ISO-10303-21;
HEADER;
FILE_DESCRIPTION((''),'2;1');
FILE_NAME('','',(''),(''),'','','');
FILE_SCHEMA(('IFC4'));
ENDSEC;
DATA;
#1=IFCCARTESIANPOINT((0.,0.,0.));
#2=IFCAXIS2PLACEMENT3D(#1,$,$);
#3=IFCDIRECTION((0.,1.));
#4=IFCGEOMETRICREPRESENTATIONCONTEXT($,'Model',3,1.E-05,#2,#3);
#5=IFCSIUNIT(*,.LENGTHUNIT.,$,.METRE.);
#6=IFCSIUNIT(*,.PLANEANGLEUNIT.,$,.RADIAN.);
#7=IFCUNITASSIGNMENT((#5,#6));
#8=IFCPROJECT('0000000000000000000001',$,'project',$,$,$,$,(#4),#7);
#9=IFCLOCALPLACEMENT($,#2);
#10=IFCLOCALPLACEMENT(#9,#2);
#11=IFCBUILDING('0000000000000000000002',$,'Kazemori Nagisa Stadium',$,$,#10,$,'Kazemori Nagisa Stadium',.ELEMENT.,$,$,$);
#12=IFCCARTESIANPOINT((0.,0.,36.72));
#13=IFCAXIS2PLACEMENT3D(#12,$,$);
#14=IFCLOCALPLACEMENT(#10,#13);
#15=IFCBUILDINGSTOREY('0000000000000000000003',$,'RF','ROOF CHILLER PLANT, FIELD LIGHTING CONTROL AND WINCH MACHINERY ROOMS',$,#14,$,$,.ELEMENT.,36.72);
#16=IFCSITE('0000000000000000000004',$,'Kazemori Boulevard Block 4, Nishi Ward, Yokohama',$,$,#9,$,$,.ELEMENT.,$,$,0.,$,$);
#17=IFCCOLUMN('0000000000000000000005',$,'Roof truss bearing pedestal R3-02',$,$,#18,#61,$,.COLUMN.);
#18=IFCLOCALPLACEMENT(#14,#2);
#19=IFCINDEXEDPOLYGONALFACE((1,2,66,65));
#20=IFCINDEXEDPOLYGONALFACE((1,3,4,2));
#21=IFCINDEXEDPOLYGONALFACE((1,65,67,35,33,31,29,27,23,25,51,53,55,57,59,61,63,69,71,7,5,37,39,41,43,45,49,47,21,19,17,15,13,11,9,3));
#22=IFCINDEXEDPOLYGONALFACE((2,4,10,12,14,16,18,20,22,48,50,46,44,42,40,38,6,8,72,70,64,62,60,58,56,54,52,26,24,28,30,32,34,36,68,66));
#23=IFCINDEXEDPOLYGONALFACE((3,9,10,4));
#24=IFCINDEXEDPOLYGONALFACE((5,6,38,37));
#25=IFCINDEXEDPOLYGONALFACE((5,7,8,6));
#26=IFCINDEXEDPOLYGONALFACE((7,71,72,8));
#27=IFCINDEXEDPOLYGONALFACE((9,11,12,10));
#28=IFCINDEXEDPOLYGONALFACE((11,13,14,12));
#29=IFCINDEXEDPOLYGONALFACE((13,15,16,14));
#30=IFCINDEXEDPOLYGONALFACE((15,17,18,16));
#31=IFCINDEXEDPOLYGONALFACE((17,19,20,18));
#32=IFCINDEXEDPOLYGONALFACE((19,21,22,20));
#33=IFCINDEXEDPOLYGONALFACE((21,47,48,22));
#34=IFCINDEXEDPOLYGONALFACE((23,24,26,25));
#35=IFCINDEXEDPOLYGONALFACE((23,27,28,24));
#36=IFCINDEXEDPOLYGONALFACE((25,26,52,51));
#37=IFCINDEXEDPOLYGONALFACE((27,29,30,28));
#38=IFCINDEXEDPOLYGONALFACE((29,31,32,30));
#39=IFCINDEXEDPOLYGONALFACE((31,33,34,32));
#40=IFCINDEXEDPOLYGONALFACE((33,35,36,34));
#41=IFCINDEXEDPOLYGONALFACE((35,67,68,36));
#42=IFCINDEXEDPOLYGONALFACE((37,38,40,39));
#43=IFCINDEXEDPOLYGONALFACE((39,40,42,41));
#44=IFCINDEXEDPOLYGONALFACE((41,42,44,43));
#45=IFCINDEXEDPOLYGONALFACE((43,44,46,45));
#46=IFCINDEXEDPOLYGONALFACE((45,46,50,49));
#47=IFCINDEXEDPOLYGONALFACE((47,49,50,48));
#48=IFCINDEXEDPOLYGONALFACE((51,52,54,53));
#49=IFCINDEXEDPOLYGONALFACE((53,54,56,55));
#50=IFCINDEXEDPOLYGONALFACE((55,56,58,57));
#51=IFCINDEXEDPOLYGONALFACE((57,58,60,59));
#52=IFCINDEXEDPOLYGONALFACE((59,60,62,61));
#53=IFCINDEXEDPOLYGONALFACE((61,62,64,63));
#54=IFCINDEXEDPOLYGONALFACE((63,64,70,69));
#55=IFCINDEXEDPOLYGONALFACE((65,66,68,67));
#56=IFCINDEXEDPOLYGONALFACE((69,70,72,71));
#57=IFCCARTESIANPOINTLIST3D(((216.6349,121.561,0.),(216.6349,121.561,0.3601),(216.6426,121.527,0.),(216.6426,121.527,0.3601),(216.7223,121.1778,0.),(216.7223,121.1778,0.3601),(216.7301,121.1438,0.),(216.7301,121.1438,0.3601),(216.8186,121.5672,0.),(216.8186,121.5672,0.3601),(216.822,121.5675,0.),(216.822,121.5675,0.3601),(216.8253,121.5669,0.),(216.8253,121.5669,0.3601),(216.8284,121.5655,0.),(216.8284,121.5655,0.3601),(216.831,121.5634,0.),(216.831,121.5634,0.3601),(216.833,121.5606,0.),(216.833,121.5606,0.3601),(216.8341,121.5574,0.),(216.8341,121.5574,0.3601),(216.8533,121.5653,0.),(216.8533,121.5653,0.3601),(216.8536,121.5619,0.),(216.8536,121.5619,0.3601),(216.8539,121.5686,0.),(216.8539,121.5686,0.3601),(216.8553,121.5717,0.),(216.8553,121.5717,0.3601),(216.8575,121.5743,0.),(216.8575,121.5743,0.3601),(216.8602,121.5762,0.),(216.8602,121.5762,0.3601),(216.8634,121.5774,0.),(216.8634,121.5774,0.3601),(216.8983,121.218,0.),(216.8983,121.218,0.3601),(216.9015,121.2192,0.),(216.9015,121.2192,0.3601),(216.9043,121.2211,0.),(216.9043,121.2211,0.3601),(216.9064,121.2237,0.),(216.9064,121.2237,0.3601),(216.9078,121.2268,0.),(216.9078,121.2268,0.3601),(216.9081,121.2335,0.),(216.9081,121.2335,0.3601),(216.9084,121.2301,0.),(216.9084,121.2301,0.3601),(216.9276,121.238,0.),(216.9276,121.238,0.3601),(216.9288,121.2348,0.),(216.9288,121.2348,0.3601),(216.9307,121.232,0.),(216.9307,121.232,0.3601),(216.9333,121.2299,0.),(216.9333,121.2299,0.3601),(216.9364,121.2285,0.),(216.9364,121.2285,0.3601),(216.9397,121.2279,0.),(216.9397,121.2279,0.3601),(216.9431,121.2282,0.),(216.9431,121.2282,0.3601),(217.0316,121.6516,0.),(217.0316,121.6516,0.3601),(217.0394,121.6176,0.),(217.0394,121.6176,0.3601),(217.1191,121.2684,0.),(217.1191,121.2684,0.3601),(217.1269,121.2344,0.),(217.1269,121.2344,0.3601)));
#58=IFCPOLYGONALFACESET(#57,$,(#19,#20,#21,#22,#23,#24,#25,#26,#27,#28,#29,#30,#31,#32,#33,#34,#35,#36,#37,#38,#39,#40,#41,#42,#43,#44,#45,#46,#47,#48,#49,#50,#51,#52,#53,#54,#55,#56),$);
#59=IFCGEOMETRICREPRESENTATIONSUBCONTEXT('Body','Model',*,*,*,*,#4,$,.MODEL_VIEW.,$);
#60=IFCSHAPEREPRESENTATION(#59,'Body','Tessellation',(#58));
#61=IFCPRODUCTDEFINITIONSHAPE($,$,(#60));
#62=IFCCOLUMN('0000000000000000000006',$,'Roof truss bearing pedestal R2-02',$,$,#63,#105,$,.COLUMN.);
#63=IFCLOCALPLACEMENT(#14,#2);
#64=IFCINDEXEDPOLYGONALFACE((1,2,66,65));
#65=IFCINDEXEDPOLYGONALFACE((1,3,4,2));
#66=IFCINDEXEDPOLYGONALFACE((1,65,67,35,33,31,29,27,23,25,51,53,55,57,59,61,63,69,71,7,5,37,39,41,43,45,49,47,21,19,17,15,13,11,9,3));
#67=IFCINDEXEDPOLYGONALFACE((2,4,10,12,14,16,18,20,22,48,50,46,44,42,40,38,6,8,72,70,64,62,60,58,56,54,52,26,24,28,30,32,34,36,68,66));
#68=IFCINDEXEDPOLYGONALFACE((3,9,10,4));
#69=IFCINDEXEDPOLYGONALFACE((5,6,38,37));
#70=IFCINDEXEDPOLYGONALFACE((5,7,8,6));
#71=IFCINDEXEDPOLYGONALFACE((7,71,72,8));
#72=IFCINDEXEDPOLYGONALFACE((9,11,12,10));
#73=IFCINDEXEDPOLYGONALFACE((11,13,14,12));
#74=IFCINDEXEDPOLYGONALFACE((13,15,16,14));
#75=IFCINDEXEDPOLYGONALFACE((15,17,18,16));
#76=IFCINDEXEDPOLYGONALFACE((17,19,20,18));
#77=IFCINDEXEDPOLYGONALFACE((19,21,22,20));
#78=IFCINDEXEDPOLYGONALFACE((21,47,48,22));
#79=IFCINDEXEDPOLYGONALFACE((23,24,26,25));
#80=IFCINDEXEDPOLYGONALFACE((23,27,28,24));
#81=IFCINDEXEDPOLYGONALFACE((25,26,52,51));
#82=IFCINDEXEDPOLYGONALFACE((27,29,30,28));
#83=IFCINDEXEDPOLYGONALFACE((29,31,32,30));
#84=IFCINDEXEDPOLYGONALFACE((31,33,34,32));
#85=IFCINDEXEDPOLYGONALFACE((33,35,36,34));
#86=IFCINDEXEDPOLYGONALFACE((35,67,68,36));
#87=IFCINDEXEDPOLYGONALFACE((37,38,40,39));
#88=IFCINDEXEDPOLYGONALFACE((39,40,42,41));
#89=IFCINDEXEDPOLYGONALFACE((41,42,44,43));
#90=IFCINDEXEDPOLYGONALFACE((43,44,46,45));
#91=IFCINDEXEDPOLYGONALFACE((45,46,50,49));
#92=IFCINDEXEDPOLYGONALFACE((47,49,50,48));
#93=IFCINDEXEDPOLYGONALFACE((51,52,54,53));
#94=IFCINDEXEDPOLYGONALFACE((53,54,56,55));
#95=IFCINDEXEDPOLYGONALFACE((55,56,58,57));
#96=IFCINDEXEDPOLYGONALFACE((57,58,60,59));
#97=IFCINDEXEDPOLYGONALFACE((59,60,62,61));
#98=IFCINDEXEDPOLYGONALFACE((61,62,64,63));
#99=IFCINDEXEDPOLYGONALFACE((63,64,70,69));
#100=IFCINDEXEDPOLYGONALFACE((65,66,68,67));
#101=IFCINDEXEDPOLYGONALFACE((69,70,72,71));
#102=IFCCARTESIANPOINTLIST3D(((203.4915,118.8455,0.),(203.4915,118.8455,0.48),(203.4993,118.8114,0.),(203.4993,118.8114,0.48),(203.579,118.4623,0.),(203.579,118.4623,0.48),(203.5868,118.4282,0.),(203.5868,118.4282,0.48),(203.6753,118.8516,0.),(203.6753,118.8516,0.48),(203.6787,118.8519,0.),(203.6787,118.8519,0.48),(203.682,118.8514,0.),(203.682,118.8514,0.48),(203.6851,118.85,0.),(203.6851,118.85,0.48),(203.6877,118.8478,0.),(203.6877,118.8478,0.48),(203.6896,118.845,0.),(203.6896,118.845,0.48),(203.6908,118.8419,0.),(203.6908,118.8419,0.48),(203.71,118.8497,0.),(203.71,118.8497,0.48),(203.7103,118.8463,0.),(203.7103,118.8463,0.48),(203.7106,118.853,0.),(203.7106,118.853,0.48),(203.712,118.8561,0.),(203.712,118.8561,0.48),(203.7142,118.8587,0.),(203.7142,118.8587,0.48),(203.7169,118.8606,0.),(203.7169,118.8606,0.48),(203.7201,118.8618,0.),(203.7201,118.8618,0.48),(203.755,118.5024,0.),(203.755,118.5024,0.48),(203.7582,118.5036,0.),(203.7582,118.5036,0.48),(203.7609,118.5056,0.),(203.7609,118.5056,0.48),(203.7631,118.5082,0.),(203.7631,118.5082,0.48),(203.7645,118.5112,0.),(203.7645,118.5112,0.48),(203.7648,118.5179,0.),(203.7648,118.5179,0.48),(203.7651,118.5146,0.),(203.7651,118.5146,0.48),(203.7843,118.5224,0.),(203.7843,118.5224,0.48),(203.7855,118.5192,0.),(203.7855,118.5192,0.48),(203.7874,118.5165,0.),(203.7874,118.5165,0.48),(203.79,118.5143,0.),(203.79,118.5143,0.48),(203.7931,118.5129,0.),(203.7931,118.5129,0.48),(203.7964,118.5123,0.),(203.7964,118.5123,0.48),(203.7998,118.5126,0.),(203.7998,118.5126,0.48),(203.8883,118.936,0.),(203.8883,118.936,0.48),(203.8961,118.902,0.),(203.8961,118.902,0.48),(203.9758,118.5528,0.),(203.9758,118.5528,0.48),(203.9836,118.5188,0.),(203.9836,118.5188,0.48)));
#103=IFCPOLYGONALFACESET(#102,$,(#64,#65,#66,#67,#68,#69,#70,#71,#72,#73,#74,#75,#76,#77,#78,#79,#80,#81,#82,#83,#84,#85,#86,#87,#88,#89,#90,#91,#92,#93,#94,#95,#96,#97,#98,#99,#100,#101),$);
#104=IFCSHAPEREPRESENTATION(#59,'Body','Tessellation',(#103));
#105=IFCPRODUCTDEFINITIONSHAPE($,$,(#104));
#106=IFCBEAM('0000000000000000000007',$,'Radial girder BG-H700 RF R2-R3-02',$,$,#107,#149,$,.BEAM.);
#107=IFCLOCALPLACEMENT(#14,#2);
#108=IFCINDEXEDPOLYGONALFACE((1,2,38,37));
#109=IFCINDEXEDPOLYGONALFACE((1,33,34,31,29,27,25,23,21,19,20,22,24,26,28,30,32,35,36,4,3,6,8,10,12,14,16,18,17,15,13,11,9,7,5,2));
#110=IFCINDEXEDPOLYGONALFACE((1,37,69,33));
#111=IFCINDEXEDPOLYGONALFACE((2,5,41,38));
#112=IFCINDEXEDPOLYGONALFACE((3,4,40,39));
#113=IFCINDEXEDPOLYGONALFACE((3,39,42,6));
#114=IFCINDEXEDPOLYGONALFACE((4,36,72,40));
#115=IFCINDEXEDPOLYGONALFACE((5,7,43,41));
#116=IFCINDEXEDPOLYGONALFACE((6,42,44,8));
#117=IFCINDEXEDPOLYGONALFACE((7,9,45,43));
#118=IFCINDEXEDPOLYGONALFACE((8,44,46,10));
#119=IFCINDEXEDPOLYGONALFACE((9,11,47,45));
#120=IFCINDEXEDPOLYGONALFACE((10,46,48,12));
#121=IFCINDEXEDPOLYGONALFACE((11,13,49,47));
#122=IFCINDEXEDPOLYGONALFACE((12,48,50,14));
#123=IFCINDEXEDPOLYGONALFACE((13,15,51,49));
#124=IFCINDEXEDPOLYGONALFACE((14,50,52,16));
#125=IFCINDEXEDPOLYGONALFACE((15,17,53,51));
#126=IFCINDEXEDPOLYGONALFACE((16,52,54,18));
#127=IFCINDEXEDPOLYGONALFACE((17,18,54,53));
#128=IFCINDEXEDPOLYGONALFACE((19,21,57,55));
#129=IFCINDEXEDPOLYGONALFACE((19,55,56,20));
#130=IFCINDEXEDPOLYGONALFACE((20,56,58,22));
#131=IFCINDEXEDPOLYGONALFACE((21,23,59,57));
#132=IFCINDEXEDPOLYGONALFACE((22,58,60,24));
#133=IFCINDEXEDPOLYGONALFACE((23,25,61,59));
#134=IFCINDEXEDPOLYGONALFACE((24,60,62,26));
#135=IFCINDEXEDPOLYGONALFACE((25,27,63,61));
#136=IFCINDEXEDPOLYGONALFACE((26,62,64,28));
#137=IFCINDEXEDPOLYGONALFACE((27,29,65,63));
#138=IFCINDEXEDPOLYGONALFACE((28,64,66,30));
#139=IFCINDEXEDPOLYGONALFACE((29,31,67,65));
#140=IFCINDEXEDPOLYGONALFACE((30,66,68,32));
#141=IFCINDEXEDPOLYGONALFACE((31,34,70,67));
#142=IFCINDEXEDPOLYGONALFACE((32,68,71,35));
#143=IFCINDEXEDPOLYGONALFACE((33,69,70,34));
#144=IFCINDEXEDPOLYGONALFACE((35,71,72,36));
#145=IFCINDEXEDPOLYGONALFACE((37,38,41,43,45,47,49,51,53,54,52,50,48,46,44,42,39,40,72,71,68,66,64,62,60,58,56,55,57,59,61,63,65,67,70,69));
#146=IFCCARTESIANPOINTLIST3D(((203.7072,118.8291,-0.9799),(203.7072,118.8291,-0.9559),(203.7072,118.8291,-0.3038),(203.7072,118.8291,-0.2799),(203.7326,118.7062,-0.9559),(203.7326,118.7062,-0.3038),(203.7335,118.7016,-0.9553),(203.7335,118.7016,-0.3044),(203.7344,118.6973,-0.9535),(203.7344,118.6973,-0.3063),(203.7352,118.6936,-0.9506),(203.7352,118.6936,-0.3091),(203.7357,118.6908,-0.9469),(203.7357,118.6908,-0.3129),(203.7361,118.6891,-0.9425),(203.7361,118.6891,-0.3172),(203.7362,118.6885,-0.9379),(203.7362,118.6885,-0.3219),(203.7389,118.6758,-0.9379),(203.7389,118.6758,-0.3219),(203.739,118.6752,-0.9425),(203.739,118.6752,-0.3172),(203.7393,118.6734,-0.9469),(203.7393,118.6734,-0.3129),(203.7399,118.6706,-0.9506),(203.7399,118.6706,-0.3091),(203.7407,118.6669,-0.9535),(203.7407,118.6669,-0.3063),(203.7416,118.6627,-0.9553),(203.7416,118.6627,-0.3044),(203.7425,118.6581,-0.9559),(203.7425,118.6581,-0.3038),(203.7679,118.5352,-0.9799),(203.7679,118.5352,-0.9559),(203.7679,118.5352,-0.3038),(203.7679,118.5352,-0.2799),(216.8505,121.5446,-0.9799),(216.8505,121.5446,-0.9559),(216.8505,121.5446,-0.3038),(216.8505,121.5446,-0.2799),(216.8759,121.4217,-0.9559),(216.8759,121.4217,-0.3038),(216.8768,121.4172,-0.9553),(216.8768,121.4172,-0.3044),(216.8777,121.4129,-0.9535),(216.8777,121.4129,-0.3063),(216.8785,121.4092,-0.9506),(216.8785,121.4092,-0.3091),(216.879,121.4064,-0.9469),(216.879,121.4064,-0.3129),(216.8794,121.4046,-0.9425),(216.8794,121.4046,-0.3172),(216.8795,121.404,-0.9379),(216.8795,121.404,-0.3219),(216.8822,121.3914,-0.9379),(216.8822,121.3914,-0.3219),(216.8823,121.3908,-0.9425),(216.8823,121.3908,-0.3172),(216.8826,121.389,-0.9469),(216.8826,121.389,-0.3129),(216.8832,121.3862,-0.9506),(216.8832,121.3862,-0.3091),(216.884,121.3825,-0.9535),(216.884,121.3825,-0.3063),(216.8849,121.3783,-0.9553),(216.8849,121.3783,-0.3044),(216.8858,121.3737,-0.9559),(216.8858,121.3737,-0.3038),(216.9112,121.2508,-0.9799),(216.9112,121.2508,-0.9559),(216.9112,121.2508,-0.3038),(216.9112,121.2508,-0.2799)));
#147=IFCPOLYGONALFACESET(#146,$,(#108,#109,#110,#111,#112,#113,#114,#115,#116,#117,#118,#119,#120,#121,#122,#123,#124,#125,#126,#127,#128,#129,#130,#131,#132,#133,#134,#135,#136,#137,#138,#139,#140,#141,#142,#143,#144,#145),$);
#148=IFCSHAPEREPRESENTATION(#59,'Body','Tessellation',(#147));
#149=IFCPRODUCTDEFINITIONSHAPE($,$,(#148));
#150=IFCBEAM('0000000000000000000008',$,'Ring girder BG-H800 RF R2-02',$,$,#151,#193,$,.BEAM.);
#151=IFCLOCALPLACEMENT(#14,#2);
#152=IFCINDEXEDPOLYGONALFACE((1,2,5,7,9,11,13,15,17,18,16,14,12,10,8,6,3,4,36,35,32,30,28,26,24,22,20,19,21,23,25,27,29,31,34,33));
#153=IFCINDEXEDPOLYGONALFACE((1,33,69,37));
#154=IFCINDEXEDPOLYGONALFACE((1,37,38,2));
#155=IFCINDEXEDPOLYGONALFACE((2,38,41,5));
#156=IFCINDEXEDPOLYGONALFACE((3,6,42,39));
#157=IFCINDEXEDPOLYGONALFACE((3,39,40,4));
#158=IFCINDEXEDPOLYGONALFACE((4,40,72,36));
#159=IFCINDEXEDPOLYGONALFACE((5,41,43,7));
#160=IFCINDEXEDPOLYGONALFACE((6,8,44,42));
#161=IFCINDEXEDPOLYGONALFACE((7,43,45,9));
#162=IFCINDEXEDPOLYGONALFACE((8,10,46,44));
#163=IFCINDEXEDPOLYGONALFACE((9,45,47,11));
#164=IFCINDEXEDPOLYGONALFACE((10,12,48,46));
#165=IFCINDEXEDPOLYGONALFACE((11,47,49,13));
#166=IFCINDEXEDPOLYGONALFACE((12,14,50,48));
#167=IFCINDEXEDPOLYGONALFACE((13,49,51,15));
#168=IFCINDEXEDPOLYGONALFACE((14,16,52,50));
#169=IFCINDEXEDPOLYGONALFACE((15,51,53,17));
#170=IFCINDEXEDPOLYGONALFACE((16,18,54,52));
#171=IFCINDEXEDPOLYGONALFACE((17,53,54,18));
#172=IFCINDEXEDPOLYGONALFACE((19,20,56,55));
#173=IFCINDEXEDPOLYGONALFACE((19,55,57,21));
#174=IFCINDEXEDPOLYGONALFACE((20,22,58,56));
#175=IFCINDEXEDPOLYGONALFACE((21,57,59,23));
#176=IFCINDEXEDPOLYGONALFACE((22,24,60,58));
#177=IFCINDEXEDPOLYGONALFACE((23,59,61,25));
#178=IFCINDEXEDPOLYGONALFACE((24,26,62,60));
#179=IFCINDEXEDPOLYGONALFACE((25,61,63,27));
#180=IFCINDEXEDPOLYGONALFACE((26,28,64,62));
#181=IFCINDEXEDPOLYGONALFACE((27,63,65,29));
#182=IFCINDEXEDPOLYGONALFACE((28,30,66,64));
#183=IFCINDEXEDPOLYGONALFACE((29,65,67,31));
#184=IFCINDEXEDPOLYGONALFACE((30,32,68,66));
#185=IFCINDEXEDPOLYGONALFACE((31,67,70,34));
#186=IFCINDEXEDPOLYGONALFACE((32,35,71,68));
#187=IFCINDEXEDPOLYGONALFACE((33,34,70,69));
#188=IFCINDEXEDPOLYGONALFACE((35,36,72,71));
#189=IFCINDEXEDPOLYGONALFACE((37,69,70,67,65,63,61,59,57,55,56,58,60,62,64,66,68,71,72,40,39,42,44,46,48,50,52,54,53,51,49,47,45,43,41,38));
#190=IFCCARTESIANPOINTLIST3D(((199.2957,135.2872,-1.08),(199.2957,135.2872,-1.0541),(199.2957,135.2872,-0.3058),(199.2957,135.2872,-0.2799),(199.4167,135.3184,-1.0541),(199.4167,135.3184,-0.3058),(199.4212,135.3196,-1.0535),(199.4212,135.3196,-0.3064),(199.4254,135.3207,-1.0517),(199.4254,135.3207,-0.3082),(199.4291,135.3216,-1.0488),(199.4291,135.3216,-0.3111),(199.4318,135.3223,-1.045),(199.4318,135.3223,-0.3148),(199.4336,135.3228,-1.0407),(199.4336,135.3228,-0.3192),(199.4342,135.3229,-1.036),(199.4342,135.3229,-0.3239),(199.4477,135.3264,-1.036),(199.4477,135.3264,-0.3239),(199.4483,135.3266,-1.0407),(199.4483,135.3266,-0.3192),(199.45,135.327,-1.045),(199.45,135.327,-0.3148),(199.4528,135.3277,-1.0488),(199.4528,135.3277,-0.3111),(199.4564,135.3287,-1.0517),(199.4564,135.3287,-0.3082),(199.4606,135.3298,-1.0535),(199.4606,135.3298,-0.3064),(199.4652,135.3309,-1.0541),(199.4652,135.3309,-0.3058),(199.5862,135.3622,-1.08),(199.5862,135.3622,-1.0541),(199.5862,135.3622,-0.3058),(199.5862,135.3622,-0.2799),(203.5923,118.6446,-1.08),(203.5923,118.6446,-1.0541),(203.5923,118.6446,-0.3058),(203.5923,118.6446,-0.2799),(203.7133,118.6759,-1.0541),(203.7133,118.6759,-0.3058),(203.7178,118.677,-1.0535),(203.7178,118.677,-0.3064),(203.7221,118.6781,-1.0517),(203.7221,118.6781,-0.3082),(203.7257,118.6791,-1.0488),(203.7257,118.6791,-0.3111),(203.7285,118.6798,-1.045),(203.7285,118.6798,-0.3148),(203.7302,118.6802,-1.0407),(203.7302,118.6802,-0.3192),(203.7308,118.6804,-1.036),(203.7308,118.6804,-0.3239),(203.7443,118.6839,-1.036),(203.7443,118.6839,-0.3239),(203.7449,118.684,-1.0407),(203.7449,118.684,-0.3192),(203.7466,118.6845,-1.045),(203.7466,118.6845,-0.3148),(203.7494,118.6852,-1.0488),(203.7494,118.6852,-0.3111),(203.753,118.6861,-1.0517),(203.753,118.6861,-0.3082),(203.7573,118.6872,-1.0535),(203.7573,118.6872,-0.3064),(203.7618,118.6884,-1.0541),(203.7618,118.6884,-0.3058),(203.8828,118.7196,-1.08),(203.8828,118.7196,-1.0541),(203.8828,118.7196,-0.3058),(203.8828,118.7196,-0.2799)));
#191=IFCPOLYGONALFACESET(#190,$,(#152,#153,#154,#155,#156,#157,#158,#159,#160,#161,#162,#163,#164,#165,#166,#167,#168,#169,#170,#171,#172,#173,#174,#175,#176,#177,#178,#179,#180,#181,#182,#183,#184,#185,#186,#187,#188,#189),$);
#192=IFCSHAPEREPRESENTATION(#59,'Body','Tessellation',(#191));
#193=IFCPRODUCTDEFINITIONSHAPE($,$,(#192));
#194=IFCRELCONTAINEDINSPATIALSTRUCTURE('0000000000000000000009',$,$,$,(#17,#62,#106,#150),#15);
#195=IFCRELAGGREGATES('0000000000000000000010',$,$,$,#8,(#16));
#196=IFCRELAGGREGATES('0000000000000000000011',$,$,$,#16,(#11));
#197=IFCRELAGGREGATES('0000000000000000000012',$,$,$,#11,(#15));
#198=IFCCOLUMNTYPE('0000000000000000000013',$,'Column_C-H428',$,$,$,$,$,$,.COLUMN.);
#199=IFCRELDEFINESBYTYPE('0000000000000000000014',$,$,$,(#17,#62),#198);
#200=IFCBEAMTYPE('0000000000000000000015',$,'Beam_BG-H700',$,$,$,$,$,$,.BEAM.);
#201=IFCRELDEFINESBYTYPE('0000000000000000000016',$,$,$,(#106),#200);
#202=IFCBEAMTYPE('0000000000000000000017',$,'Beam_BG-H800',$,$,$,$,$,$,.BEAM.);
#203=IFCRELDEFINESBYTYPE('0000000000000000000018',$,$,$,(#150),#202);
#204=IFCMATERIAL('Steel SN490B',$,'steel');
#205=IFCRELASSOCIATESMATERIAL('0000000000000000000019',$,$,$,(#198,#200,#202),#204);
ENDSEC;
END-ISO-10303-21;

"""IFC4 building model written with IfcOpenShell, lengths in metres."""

from ifc_helpers import new_model, si_unit, direction, frame, origin, origin_2d, place, context, subcontext, project, spatial, i_section, extrude, material, material_profile, profile_set, type_object, element, save


model = new_model("IFC4")

# Units and contexts
model_context = context("Model", 3, precision=1e-05, world=origin(), true_north=direction((0.0, 1.0)))
body_context = subcontext(model_context, "Body", "Model", "MODEL_VIEW")
ifc_project = project(units=[si_unit("LENGTHUNIT", "METRE"), si_unit("PLANEANGLEUNIT", "RADIAN")], contexts=[model_context])

# Site, building, storey
site_placement = place(None, origin())
site = spatial("IfcSite", under=ifc_project, at=site_placement, Name="Kazemori Boulevard Block 4, Nishi Ward, Yokohama", CompositionType="ELEMENT", RefElevation=0.0)
building_placement = place(site_placement, origin())
building = spatial("IfcBuilding", under=site, at=building_placement, Name="Kazemori Nagisa Stadium", LongName="Kazemori Nagisa Stadium", CompositionType="ELEMENT")
storey_placement = place(building_placement, frame((0.0, 0.0, 36.72)))
storey = spatial("IfcBuildingStorey", under=building, at=storey_placement, Name="RF", Description="ROOF CHILLER PLANT, FIELD LIGHTING CONTROL AND WINCH MACHINERY ROOMS", CompositionType="ELEMENT", Elevation=36.72)

# Columns
ifc_material_1 = material(Name="Steel SN490B", Category="steel")
ifc_material_profile_1 = material_profile(ifc_material_1, i_section(OverallWidth=0.407, OverallDepth=0.428, WebThickness=0.02, FlangeThickness=0.0349, FilletRadius=0.0129, at=origin_2d()), Name="H-428x407x20x35")
ifc_profile_set_1 = profile_set([ifc_material_profile_1], Name="Steel SN490B")
column_type = type_object("IfcColumnType", Name="Column_C-H428", PredefinedType="COLUMN", material=ifc_profile_set_1)
column_1_placement = place(storey_placement, frame((216.8809, 121.3977, 0.0), z_axis=(0.0, 0.0, 1.0), x_axis=(0.974928, 0.222521, 0.0)))
element("IfcColumn", 1, at=column_1_placement, inside=storey, type_object=column_type, Name="Roof truss bearing pedestal R3-02", PredefinedType="COLUMN", context=body_context, shape_type="SweptSolid", body=[
    extrude(i_section(OverallWidth=0.407, OverallDepth=0.428, WebThickness=0.02, FlangeThickness=0.0349, FilletRadius=0.0129, at=origin_2d()), origin(), (0.0, 0.0, 1.0), 0.3601),
])
column_2_placement = place(storey_placement, frame((203.7375, 118.6821, 0.0), z_axis=(0.0, 0.0, 1.0), x_axis=(0.974928, 0.222521, 0.0)))
element("IfcColumn", 2, at=column_2_placement, inside=storey, type_object=column_type, Name="Roof truss bearing pedestal R2-02", PredefinedType="COLUMN", context=body_context, shape_type="SweptSolid", body=[
    extrude(i_section(OverallWidth=0.407, OverallDepth=0.428, WebThickness=0.02, FlangeThickness=0.0349, FilletRadius=0.0129, at=origin_2d()), origin(), (0.0, 0.0, 1.0), 0.48),
])

# Beams
ifc_material_profile_2 = material_profile(ifc_material_1, i_section(OverallWidth=0.3, OverallDepth=0.7, WebThickness=0.0129, FlangeThickness=0.0239, FilletRadius=0.0181, at=origin_2d()), Name="H-700x300x13x24")
ifc_profile_set_2 = profile_set([ifc_material_profile_2], Name="Steel SN490B")
beam_type_1 = type_object("IfcBeamType", Name="Beam_BG-H700", PredefinedType="BEAM", material=ifc_profile_set_2)
beam_1_placement = place(storey_placement, frame((203.7375, 118.6821, -0.6299), z_axis=(0.979316, 0.202339, 0.0), x_axis=(-0.202339, 0.979316, 0.0)))
element("IfcBeam", 3, at=beam_1_placement, inside=storey, type_object=beam_type_1, Name="Radial girder BG-H700 RF R2-R3-02", PredefinedType="BEAM", context=body_context, shape_type="SweptSolid", body=[
    extrude(i_section(OverallWidth=0.3, OverallDepth=0.7, WebThickness=0.0129, FlangeThickness=0.0239, FilletRadius=0.0181, at=origin_2d()), origin(), (0.0, 0.0, 1.0), 13.4209),
])
ifc_material_profile_3 = material_profile(ifc_material_1, i_section(OverallWidth=0.3, OverallDepth=0.8, WebThickness=0.0139, FlangeThickness=0.0259, FilletRadius=0.0181, at=origin_2d()), Name="H-800x300x14x26")
ifc_profile_set_3 = profile_set([ifc_material_profile_3], Name="Steel SN490B")
beam_type_2 = type_object("IfcBeamType", Name="Beam_BG-H800", PredefinedType="BEAM", material=ifc_profile_set_3)
beam_2_placement = place(storey_placement, frame((203.7375, 118.6821, -0.6799), z_axis=(-0.249975, 0.968252, 0.0), x_axis=(-0.968252, -0.249975, 0.0)))
element("IfcBeam", 4, at=beam_2_placement, inside=storey, type_object=beam_type_2, Name="Ring girder BG-H800 RF R2-02", PredefinedType="BEAM", context=body_context, shape_type="SweptSolid", body=[
    extrude(i_section(OverallWidth=0.3, OverallDepth=0.8, WebThickness=0.0139, FlangeThickness=0.0259, FilletRadius=0.0181, at=origin_2d()), origin(), (0.0, 0.0, 1.0), 17.1882),
])

save(model, "model.ifc")
